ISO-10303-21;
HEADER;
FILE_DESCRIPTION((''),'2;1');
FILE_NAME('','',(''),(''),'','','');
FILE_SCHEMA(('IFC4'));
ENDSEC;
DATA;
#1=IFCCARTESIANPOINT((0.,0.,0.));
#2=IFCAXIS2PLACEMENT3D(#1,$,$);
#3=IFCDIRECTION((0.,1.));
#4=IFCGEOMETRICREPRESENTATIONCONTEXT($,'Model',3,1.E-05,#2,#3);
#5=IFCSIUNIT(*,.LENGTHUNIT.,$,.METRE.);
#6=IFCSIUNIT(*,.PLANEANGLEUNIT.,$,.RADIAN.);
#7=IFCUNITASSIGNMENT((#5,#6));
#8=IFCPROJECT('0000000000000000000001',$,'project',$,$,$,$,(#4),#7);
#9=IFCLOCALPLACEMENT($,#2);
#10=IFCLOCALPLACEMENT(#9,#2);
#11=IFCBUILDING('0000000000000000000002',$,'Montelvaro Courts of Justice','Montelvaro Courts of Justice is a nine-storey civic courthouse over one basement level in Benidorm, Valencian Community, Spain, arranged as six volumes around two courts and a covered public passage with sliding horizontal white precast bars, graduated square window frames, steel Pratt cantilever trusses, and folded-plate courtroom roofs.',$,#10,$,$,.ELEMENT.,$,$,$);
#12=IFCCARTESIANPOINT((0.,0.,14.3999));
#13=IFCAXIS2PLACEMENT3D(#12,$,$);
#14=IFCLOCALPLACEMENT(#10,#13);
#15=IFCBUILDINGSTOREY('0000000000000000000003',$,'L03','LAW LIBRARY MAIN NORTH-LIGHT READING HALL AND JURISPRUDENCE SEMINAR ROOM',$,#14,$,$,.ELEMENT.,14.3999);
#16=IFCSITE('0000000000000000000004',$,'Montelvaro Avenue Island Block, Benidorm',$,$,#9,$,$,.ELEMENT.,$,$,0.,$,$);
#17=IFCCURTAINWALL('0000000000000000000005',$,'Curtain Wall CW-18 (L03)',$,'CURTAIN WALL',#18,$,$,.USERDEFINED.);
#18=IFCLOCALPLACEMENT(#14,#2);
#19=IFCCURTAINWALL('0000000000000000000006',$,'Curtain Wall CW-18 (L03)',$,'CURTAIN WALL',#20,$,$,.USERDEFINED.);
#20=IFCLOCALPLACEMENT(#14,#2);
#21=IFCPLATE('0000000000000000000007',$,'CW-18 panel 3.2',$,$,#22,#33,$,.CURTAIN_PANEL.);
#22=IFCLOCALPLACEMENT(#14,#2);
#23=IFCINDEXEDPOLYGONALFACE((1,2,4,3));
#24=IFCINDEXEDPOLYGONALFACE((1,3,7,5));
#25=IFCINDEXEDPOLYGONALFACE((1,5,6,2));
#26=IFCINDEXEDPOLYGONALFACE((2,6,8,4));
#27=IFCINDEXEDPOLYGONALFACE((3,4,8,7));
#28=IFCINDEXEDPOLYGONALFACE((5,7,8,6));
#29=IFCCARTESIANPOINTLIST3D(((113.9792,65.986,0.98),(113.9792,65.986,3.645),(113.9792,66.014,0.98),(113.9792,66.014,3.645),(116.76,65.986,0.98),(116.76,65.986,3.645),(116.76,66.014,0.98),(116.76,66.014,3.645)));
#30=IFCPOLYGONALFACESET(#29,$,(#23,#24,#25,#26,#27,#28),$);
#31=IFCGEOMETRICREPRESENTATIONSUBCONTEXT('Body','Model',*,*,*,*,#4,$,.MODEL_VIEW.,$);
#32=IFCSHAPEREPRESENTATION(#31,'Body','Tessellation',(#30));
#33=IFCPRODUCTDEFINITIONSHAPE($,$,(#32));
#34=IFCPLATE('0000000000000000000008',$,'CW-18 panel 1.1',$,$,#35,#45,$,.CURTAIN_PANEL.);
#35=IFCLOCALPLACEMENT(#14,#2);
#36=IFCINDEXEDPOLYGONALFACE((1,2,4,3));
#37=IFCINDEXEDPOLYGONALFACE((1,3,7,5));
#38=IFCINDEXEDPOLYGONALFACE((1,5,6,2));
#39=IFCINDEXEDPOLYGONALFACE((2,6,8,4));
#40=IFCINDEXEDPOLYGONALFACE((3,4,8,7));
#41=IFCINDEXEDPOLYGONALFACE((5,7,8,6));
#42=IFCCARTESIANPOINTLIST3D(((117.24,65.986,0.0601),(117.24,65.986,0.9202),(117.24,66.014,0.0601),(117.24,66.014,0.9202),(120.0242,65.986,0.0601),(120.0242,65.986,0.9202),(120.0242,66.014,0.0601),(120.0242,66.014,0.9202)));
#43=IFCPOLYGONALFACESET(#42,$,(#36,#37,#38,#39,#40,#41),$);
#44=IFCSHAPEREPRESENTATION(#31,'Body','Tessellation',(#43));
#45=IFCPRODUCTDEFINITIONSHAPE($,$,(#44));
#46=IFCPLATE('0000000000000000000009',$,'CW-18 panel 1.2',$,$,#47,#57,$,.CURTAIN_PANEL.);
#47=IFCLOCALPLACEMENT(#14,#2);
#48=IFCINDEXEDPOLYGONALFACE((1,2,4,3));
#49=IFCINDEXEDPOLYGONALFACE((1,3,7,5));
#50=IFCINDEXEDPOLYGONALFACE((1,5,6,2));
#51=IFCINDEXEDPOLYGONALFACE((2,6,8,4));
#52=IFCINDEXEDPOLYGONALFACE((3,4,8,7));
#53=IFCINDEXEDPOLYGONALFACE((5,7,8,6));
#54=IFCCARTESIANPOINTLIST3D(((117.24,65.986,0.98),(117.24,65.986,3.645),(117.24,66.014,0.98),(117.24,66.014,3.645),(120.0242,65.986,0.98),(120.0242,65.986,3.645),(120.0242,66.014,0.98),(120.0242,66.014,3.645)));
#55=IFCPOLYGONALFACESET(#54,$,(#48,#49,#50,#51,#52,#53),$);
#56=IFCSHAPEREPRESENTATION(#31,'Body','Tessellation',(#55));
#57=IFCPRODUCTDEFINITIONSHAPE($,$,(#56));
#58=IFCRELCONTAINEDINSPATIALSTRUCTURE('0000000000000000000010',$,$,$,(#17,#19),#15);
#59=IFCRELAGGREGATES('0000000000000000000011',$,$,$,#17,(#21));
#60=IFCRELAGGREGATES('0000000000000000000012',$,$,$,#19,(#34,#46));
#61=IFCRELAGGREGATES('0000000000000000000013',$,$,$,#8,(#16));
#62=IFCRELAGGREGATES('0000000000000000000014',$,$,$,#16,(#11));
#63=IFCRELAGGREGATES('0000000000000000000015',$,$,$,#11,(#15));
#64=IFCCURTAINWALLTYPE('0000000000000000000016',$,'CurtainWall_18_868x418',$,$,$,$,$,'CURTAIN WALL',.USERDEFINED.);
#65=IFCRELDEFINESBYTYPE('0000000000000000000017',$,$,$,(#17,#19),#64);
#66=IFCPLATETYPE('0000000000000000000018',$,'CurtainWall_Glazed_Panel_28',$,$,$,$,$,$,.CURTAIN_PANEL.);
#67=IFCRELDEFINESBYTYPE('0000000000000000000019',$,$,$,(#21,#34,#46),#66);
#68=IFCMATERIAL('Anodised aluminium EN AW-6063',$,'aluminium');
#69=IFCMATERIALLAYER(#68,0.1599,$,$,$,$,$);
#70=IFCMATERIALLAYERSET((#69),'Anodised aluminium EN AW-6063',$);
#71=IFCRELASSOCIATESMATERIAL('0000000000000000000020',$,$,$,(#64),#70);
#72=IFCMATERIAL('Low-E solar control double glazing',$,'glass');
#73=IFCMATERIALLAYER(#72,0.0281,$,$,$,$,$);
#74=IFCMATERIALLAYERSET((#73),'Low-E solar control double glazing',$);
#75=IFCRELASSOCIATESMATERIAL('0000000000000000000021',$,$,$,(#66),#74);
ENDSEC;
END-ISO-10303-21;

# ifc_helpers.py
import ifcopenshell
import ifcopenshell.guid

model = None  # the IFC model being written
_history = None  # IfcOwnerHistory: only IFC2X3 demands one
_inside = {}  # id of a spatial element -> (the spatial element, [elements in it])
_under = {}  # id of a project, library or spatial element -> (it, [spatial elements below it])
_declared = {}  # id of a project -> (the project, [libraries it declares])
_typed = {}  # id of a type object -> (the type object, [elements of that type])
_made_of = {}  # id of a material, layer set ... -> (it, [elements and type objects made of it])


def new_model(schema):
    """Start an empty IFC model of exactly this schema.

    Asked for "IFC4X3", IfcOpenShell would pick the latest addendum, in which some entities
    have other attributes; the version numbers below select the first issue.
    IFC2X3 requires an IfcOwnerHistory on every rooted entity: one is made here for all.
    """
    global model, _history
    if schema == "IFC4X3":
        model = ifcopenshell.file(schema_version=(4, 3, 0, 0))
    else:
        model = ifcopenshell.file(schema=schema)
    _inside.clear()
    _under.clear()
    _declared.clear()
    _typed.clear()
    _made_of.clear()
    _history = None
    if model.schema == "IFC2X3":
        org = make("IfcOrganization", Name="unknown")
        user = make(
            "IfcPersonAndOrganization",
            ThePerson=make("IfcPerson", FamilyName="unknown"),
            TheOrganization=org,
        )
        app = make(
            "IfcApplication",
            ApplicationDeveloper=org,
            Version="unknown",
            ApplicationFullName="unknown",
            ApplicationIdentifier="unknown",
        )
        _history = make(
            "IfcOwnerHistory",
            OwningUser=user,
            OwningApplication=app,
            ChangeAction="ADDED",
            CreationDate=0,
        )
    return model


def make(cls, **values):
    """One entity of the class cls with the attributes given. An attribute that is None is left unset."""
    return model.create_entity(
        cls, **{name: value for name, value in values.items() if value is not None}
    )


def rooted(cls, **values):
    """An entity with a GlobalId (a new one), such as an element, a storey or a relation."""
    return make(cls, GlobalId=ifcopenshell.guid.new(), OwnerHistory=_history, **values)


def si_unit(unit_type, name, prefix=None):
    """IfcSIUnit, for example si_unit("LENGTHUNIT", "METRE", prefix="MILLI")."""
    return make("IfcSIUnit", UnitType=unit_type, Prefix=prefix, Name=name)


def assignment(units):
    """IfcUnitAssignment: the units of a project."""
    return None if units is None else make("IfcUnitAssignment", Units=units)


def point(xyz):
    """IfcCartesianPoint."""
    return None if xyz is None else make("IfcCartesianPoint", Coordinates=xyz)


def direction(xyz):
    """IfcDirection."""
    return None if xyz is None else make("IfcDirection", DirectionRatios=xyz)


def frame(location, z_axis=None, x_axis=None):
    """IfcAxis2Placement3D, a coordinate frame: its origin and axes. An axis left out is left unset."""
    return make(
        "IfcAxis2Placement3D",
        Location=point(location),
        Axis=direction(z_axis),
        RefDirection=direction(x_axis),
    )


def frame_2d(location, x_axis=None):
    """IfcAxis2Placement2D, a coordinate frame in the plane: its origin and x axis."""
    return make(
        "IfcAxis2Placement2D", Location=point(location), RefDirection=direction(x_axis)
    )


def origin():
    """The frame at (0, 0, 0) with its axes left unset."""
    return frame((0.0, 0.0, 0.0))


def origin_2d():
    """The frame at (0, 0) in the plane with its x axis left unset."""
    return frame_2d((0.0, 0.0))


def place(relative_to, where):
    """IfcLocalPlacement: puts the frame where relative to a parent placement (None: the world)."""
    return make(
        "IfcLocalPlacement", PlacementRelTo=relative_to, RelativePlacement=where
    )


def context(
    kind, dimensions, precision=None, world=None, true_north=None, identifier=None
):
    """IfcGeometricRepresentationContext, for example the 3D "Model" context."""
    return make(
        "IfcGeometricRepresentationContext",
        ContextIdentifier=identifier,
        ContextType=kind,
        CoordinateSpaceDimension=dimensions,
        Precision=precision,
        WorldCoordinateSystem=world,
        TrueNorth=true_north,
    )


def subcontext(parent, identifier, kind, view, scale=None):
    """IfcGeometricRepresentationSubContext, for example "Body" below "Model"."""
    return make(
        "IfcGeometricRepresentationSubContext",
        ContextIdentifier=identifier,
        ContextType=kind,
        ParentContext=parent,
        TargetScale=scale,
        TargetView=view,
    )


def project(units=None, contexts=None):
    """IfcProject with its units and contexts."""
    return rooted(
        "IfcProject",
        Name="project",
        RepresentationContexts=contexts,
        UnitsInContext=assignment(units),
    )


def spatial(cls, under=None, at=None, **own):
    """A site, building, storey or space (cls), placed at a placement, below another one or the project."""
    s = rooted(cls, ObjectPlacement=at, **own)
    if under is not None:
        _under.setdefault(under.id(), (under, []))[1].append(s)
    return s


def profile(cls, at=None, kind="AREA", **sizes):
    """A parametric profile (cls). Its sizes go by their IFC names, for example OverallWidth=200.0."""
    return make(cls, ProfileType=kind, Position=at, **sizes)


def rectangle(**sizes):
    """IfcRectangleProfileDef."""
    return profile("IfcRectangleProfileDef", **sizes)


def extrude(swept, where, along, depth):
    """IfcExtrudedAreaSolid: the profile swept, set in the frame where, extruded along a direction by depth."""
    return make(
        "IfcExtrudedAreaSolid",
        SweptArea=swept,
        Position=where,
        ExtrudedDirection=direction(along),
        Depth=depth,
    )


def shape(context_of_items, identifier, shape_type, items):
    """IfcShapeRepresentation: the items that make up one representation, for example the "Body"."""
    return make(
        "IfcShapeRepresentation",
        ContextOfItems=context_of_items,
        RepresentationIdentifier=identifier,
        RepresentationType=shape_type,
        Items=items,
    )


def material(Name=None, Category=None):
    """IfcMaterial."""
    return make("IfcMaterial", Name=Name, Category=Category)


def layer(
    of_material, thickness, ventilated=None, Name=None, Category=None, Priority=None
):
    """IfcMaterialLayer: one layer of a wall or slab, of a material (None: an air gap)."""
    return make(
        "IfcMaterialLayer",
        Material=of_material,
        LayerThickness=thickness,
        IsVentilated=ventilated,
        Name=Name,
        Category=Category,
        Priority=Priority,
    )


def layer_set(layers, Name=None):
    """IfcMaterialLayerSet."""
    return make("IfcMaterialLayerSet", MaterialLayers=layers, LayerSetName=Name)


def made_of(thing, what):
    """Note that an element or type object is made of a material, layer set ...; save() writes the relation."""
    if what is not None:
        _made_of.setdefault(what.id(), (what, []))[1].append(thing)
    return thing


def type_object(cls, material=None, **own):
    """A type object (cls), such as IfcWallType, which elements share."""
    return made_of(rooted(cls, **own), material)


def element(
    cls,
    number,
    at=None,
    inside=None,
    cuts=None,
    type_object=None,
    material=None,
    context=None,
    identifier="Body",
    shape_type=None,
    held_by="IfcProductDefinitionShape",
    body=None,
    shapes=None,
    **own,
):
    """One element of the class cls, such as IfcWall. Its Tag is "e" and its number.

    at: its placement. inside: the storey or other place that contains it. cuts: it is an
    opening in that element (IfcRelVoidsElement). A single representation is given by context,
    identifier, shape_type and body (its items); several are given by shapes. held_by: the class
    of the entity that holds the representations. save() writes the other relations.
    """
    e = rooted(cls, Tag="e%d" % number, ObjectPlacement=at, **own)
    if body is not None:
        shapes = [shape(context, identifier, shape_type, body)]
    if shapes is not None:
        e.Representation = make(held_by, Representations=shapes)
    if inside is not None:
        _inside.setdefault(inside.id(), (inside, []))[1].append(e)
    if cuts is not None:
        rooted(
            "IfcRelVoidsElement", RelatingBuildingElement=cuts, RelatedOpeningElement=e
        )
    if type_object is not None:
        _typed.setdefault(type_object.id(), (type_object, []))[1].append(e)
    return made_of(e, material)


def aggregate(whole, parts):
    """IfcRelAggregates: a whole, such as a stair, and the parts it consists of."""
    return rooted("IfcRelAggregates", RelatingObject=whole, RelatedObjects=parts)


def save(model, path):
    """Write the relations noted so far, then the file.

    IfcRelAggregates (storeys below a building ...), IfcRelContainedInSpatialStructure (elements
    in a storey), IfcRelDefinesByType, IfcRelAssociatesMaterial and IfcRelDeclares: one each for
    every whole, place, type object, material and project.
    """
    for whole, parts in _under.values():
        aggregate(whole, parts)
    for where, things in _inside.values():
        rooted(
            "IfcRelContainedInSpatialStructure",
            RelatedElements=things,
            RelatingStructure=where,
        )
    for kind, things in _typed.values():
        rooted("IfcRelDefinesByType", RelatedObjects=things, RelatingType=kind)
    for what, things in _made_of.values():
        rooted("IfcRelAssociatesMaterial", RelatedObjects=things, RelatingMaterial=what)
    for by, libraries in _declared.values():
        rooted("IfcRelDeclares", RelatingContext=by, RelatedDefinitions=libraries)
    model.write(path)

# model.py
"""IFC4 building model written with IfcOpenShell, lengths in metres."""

from ifc_helpers import new_model, si_unit, direction, frame, origin, origin_2d, place, context, subcontext, project, spatial, rectangle, extrude, material, layer, layer_set, type_object, element, aggregate, save


model = new_model("IFC4")

# Units and contexts
model_context = context("Model", 3, precision=1e-05, world=origin(), true_north=direction((0.0, 1.0)))
body_context = subcontext(model_context, "Body", "Model", "MODEL_VIEW")
ifc_project = project(units=[si_unit("LENGTHUNIT", "METRE"), si_unit("PLANEANGLEUNIT", "RADIAN")], contexts=[model_context])

# Site, building, storey
site_placement = place(None, origin())
site = spatial("IfcSite", under=ifc_project, at=site_placement, Name="Montelvaro Avenue Island Block, Benidorm", CompositionType="ELEMENT", RefElevation=0.0)
building_placement = place(site_placement, origin())
building = spatial("IfcBuilding", under=site, at=building_placement, Name="Montelvaro Courts of Justice", Description="Montelvaro Courts of Justice is a nine-storey civic courthouse over one basement level in Benidorm, Valencian Community, Spain, arranged as six volumes around two courts and a covered public passage with sliding horizontal white precast bars, graduated square window frames, steel Pratt cantilever trusses, and folded-plate courtroom roofs.", CompositionType="ELEMENT")
storey_placement = place(building_placement, frame((0.0, 0.0, 14.3999)))
storey = spatial("IfcBuildingStorey", under=building, at=storey_placement, Name="L03", Description="LAW LIBRARY MAIN NORTH-LIGHT READING HALL AND JURISPRUDENCE SEMINAR ROOM", CompositionType="ELEMENT", Elevation=14.3999)

# Curtain walls
ifc_material_1 = material(Name="Anodised aluminium EN AW-6063", Category="aluminium")
ifc_layer_1 = layer(ifc_material_1, 0.1599)
ifc_layer_set_1 = layer_set([ifc_layer_1], Name="Anodised aluminium EN AW-6063")
curtain_wall_type = type_object("IfcCurtainWallType", Name="CurtainWall_18_868x418", ElementType="CURTAIN WALL", PredefinedType="USERDEFINED", material=ifc_layer_set_1)
curtain_wall_1_placement = place(storey_placement, origin())
curtain_wall_1 = element("IfcCurtainWall", 1, at=curtain_wall_1_placement, inside=storey, type_object=curtain_wall_type, Name="Curtain Wall CW-18 (L03)", ObjectType="CURTAIN WALL", PredefinedType="USERDEFINED")
curtain_wall_2_placement = place(storey_placement, origin())
curtain_wall_2 = element("IfcCurtainWall", 2, at=curtain_wall_2_placement, inside=storey, type_object=curtain_wall_type, Name="Curtain Wall CW-18 (L03)", ObjectType="CURTAIN WALL", PredefinedType="USERDEFINED")

# Plates
ifc_material_2 = material(Name="Low-E solar control double glazing", Category="glass")
ifc_layer_2 = layer(ifc_material_2, 0.0281)
ifc_layer_set_2 = layer_set([ifc_layer_2], Name="Low-E solar control double glazing")
plate_type = type_object("IfcPlateType", Name="CurtainWall_Glazed_Panel_28", PredefinedType="CURTAIN_PANEL", material=ifc_layer_set_2)
plate_1_placement = place(storey_placement, frame((115.3696, 66.0, 0.98), z_axis=(0.0, 0.0, 1.0), x_axis=(1.0, 0.0, 0.0)))
plate_1 = element("IfcPlate", 3, at=plate_1_placement, type_object=plate_type, Name="CW-18 panel 3.2", PredefinedType="CURTAIN_PANEL", context=body_context, shape_type="SweptSolid", body=[
    extrude(rectangle(XDim=2.7808, YDim=0.0281, at=origin_2d()), origin(), (0.0, 0.0, 1.0), 2.665),
])
aggregate(curtain_wall_1, [plate_1])
plate_2_placement = place(storey_placement, frame((118.6321, 66.0, 0.0601), z_axis=(0.0, 0.0, 1.0), x_axis=(1.0, 0.0, 0.0)))
plate_2 = element("IfcPlate", 4, at=plate_2_placement, type_object=plate_type, Name="CW-18 panel 1.1", PredefinedType="CURTAIN_PANEL", context=body_context, shape_type="SweptSolid", body=[
    extrude(rectangle(XDim=2.7842, YDim=0.0281, at=origin_2d()), origin(), (0.0, 0.0, 1.0), 0.8601),
])
plate_3_placement = place(storey_placement, frame((118.6321, 66.0, 0.98), z_axis=(0.0, 0.0, 1.0), x_axis=(1.0, 0.0, 0.0)))
plate_3 = element("IfcPlate", 5, at=plate_3_placement, type_object=plate_type, Name="CW-18 panel 1.2", PredefinedType="CURTAIN_PANEL", context=body_context, shape_type="SweptSolid", body=[
    extrude(rectangle(XDim=2.7842, YDim=0.0281, at=origin_2d()), origin(), (0.0, 0.0, 1.0), 2.665),
])
aggregate(curtain_wall_2, [plate_2, plate_3])

save(model, "model.ifc")
